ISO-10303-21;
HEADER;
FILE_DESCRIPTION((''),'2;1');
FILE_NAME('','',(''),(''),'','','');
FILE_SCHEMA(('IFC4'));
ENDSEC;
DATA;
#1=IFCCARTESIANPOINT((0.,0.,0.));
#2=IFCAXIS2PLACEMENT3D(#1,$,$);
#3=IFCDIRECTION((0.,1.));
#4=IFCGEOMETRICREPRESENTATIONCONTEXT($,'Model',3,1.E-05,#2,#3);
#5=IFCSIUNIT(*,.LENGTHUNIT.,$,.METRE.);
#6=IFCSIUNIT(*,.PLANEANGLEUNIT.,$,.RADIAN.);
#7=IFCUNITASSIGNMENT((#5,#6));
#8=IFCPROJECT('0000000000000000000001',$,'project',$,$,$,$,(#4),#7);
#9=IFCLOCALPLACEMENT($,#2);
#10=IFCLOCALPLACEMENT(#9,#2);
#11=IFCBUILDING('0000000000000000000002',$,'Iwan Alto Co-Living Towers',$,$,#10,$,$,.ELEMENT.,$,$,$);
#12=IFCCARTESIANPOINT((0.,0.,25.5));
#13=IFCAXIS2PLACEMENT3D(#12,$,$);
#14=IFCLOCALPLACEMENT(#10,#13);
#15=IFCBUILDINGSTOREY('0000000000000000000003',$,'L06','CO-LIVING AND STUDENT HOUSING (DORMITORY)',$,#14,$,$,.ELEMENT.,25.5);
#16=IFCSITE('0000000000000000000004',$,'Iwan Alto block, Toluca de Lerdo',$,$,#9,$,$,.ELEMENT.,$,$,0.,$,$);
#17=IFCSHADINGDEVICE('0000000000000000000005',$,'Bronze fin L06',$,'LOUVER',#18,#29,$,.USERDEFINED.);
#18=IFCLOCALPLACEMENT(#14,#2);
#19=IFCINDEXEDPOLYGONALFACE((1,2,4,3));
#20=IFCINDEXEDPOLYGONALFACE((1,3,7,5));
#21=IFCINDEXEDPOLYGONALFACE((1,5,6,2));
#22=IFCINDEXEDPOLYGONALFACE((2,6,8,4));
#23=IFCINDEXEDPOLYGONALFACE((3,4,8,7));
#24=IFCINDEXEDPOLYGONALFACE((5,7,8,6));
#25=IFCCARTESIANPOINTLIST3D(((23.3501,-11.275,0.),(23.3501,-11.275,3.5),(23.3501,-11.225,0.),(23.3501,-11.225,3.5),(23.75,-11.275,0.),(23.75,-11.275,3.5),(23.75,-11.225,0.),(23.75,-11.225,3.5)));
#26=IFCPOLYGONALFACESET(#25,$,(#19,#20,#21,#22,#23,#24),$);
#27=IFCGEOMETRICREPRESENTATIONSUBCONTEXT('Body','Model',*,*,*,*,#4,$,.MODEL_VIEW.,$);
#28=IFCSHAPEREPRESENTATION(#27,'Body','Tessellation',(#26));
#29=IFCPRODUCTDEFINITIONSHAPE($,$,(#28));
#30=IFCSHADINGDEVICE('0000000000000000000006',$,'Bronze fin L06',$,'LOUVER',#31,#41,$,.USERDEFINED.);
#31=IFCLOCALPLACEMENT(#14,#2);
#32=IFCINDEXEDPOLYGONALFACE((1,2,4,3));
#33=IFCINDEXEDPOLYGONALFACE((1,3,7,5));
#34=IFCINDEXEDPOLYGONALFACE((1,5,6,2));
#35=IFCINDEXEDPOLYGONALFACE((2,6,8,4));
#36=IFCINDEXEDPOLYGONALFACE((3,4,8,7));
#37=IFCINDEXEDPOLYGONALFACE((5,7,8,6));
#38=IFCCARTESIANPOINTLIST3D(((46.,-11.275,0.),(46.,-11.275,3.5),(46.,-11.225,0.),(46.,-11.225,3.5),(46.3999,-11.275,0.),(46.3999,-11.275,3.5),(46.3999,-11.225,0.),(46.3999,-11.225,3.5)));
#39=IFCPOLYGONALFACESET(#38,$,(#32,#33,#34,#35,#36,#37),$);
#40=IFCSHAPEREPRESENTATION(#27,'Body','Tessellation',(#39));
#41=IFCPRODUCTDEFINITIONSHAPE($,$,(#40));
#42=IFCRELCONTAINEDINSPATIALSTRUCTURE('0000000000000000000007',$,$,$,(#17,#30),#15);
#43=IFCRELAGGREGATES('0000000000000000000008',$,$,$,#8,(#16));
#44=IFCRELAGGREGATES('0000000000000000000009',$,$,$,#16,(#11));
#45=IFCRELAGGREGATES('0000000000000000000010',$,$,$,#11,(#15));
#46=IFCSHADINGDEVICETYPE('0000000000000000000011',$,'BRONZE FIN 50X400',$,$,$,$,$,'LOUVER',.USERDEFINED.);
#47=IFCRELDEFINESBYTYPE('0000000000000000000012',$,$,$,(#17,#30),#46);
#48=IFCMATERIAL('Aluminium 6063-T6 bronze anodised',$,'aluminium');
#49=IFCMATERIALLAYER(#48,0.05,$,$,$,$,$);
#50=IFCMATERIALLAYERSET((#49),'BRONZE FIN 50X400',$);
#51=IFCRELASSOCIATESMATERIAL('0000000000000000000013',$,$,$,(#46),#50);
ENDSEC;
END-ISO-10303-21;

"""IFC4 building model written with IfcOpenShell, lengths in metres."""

from ifc_helpers import new_model, si_unit, direction, frame, origin, origin_2d, place, context, subcontext, project, spatial, rectangle, extrude, material, layer, layer_set, type_object, element, save


model = new_model("IFC4")

# Units and contexts
model_context = context("Model", 3, precision=1e-05, world=origin(), true_north=direction((0.0, 1.0)))
body_context = subcontext(model_context, "Body", "Model", "MODEL_VIEW")
ifc_project = project(units=[si_unit("LENGTHUNIT", "METRE"), si_unit("PLANEANGLEUNIT", "RADIAN")], contexts=[model_context])

# Site, building, storey
site_placement = place(None, origin())
site = spatial("IfcSite", under=ifc_project, at=site_placement, Name="Iwan Alto block, Toluca de Lerdo", CompositionType="ELEMENT", RefElevation=0.0)
building_placement = place(site_placement, origin())
building = spatial("IfcBuilding", under=site, at=building_placement, Name="Iwan Alto Co-Living Towers", CompositionType="ELEMENT")
storey_placement = place(building_placement, frame((0.0, 0.0, 25.5)))
storey = spatial("IfcBuildingStorey", under=building, at=storey_placement, Name="L06", Description="CO-LIVING AND STUDENT HOUSING (DORMITORY)", CompositionType="ELEMENT", Elevation=25.5)

# Shading devices
ifc_material_1 = material(Name="Aluminium 6063-T6 bronze anodised", Category="aluminium")
ifc_layer_1 = layer(ifc_material_1, 0.05)
ifc_layer_set_1 = layer_set([ifc_layer_1], Name="BRONZE FIN 50X400")
shading_device_type = type_object("IfcShadingDeviceType", Name="BRONZE FIN 50X400", ElementType="LOUVER", PredefinedType="USERDEFINED", material=ifc_layer_set_1)
for number, where, z_axis, x_axis, name in (
    (1, (23.55, -11.25, 0.0), (0.0, 0.0, 1.0), (0.0, 1.0, 0.0), "Bronze fin L06"),
    (2, (46.2, -11.25, 0.0), (0.0, 0.0, 1.0), (0.0, -1.0, 0.0), "Bronze fin L06"),
):
    element("IfcShadingDevice", number, at=place(storey_placement, frame(where, z_axis=z_axis, x_axis=x_axis)), inside=storey, type_object=shading_device_type, Name=name, ObjectType="LOUVER", PredefinedType="USERDEFINED", context=body_context, shape_type="SweptSolid", body=[
        extrude(rectangle(XDim=0.05, YDim=0.3999, at=origin_2d()), origin(), (0.0, 0.0, 1.0), 3.5),
    ])

save(model, "model.ifc")
